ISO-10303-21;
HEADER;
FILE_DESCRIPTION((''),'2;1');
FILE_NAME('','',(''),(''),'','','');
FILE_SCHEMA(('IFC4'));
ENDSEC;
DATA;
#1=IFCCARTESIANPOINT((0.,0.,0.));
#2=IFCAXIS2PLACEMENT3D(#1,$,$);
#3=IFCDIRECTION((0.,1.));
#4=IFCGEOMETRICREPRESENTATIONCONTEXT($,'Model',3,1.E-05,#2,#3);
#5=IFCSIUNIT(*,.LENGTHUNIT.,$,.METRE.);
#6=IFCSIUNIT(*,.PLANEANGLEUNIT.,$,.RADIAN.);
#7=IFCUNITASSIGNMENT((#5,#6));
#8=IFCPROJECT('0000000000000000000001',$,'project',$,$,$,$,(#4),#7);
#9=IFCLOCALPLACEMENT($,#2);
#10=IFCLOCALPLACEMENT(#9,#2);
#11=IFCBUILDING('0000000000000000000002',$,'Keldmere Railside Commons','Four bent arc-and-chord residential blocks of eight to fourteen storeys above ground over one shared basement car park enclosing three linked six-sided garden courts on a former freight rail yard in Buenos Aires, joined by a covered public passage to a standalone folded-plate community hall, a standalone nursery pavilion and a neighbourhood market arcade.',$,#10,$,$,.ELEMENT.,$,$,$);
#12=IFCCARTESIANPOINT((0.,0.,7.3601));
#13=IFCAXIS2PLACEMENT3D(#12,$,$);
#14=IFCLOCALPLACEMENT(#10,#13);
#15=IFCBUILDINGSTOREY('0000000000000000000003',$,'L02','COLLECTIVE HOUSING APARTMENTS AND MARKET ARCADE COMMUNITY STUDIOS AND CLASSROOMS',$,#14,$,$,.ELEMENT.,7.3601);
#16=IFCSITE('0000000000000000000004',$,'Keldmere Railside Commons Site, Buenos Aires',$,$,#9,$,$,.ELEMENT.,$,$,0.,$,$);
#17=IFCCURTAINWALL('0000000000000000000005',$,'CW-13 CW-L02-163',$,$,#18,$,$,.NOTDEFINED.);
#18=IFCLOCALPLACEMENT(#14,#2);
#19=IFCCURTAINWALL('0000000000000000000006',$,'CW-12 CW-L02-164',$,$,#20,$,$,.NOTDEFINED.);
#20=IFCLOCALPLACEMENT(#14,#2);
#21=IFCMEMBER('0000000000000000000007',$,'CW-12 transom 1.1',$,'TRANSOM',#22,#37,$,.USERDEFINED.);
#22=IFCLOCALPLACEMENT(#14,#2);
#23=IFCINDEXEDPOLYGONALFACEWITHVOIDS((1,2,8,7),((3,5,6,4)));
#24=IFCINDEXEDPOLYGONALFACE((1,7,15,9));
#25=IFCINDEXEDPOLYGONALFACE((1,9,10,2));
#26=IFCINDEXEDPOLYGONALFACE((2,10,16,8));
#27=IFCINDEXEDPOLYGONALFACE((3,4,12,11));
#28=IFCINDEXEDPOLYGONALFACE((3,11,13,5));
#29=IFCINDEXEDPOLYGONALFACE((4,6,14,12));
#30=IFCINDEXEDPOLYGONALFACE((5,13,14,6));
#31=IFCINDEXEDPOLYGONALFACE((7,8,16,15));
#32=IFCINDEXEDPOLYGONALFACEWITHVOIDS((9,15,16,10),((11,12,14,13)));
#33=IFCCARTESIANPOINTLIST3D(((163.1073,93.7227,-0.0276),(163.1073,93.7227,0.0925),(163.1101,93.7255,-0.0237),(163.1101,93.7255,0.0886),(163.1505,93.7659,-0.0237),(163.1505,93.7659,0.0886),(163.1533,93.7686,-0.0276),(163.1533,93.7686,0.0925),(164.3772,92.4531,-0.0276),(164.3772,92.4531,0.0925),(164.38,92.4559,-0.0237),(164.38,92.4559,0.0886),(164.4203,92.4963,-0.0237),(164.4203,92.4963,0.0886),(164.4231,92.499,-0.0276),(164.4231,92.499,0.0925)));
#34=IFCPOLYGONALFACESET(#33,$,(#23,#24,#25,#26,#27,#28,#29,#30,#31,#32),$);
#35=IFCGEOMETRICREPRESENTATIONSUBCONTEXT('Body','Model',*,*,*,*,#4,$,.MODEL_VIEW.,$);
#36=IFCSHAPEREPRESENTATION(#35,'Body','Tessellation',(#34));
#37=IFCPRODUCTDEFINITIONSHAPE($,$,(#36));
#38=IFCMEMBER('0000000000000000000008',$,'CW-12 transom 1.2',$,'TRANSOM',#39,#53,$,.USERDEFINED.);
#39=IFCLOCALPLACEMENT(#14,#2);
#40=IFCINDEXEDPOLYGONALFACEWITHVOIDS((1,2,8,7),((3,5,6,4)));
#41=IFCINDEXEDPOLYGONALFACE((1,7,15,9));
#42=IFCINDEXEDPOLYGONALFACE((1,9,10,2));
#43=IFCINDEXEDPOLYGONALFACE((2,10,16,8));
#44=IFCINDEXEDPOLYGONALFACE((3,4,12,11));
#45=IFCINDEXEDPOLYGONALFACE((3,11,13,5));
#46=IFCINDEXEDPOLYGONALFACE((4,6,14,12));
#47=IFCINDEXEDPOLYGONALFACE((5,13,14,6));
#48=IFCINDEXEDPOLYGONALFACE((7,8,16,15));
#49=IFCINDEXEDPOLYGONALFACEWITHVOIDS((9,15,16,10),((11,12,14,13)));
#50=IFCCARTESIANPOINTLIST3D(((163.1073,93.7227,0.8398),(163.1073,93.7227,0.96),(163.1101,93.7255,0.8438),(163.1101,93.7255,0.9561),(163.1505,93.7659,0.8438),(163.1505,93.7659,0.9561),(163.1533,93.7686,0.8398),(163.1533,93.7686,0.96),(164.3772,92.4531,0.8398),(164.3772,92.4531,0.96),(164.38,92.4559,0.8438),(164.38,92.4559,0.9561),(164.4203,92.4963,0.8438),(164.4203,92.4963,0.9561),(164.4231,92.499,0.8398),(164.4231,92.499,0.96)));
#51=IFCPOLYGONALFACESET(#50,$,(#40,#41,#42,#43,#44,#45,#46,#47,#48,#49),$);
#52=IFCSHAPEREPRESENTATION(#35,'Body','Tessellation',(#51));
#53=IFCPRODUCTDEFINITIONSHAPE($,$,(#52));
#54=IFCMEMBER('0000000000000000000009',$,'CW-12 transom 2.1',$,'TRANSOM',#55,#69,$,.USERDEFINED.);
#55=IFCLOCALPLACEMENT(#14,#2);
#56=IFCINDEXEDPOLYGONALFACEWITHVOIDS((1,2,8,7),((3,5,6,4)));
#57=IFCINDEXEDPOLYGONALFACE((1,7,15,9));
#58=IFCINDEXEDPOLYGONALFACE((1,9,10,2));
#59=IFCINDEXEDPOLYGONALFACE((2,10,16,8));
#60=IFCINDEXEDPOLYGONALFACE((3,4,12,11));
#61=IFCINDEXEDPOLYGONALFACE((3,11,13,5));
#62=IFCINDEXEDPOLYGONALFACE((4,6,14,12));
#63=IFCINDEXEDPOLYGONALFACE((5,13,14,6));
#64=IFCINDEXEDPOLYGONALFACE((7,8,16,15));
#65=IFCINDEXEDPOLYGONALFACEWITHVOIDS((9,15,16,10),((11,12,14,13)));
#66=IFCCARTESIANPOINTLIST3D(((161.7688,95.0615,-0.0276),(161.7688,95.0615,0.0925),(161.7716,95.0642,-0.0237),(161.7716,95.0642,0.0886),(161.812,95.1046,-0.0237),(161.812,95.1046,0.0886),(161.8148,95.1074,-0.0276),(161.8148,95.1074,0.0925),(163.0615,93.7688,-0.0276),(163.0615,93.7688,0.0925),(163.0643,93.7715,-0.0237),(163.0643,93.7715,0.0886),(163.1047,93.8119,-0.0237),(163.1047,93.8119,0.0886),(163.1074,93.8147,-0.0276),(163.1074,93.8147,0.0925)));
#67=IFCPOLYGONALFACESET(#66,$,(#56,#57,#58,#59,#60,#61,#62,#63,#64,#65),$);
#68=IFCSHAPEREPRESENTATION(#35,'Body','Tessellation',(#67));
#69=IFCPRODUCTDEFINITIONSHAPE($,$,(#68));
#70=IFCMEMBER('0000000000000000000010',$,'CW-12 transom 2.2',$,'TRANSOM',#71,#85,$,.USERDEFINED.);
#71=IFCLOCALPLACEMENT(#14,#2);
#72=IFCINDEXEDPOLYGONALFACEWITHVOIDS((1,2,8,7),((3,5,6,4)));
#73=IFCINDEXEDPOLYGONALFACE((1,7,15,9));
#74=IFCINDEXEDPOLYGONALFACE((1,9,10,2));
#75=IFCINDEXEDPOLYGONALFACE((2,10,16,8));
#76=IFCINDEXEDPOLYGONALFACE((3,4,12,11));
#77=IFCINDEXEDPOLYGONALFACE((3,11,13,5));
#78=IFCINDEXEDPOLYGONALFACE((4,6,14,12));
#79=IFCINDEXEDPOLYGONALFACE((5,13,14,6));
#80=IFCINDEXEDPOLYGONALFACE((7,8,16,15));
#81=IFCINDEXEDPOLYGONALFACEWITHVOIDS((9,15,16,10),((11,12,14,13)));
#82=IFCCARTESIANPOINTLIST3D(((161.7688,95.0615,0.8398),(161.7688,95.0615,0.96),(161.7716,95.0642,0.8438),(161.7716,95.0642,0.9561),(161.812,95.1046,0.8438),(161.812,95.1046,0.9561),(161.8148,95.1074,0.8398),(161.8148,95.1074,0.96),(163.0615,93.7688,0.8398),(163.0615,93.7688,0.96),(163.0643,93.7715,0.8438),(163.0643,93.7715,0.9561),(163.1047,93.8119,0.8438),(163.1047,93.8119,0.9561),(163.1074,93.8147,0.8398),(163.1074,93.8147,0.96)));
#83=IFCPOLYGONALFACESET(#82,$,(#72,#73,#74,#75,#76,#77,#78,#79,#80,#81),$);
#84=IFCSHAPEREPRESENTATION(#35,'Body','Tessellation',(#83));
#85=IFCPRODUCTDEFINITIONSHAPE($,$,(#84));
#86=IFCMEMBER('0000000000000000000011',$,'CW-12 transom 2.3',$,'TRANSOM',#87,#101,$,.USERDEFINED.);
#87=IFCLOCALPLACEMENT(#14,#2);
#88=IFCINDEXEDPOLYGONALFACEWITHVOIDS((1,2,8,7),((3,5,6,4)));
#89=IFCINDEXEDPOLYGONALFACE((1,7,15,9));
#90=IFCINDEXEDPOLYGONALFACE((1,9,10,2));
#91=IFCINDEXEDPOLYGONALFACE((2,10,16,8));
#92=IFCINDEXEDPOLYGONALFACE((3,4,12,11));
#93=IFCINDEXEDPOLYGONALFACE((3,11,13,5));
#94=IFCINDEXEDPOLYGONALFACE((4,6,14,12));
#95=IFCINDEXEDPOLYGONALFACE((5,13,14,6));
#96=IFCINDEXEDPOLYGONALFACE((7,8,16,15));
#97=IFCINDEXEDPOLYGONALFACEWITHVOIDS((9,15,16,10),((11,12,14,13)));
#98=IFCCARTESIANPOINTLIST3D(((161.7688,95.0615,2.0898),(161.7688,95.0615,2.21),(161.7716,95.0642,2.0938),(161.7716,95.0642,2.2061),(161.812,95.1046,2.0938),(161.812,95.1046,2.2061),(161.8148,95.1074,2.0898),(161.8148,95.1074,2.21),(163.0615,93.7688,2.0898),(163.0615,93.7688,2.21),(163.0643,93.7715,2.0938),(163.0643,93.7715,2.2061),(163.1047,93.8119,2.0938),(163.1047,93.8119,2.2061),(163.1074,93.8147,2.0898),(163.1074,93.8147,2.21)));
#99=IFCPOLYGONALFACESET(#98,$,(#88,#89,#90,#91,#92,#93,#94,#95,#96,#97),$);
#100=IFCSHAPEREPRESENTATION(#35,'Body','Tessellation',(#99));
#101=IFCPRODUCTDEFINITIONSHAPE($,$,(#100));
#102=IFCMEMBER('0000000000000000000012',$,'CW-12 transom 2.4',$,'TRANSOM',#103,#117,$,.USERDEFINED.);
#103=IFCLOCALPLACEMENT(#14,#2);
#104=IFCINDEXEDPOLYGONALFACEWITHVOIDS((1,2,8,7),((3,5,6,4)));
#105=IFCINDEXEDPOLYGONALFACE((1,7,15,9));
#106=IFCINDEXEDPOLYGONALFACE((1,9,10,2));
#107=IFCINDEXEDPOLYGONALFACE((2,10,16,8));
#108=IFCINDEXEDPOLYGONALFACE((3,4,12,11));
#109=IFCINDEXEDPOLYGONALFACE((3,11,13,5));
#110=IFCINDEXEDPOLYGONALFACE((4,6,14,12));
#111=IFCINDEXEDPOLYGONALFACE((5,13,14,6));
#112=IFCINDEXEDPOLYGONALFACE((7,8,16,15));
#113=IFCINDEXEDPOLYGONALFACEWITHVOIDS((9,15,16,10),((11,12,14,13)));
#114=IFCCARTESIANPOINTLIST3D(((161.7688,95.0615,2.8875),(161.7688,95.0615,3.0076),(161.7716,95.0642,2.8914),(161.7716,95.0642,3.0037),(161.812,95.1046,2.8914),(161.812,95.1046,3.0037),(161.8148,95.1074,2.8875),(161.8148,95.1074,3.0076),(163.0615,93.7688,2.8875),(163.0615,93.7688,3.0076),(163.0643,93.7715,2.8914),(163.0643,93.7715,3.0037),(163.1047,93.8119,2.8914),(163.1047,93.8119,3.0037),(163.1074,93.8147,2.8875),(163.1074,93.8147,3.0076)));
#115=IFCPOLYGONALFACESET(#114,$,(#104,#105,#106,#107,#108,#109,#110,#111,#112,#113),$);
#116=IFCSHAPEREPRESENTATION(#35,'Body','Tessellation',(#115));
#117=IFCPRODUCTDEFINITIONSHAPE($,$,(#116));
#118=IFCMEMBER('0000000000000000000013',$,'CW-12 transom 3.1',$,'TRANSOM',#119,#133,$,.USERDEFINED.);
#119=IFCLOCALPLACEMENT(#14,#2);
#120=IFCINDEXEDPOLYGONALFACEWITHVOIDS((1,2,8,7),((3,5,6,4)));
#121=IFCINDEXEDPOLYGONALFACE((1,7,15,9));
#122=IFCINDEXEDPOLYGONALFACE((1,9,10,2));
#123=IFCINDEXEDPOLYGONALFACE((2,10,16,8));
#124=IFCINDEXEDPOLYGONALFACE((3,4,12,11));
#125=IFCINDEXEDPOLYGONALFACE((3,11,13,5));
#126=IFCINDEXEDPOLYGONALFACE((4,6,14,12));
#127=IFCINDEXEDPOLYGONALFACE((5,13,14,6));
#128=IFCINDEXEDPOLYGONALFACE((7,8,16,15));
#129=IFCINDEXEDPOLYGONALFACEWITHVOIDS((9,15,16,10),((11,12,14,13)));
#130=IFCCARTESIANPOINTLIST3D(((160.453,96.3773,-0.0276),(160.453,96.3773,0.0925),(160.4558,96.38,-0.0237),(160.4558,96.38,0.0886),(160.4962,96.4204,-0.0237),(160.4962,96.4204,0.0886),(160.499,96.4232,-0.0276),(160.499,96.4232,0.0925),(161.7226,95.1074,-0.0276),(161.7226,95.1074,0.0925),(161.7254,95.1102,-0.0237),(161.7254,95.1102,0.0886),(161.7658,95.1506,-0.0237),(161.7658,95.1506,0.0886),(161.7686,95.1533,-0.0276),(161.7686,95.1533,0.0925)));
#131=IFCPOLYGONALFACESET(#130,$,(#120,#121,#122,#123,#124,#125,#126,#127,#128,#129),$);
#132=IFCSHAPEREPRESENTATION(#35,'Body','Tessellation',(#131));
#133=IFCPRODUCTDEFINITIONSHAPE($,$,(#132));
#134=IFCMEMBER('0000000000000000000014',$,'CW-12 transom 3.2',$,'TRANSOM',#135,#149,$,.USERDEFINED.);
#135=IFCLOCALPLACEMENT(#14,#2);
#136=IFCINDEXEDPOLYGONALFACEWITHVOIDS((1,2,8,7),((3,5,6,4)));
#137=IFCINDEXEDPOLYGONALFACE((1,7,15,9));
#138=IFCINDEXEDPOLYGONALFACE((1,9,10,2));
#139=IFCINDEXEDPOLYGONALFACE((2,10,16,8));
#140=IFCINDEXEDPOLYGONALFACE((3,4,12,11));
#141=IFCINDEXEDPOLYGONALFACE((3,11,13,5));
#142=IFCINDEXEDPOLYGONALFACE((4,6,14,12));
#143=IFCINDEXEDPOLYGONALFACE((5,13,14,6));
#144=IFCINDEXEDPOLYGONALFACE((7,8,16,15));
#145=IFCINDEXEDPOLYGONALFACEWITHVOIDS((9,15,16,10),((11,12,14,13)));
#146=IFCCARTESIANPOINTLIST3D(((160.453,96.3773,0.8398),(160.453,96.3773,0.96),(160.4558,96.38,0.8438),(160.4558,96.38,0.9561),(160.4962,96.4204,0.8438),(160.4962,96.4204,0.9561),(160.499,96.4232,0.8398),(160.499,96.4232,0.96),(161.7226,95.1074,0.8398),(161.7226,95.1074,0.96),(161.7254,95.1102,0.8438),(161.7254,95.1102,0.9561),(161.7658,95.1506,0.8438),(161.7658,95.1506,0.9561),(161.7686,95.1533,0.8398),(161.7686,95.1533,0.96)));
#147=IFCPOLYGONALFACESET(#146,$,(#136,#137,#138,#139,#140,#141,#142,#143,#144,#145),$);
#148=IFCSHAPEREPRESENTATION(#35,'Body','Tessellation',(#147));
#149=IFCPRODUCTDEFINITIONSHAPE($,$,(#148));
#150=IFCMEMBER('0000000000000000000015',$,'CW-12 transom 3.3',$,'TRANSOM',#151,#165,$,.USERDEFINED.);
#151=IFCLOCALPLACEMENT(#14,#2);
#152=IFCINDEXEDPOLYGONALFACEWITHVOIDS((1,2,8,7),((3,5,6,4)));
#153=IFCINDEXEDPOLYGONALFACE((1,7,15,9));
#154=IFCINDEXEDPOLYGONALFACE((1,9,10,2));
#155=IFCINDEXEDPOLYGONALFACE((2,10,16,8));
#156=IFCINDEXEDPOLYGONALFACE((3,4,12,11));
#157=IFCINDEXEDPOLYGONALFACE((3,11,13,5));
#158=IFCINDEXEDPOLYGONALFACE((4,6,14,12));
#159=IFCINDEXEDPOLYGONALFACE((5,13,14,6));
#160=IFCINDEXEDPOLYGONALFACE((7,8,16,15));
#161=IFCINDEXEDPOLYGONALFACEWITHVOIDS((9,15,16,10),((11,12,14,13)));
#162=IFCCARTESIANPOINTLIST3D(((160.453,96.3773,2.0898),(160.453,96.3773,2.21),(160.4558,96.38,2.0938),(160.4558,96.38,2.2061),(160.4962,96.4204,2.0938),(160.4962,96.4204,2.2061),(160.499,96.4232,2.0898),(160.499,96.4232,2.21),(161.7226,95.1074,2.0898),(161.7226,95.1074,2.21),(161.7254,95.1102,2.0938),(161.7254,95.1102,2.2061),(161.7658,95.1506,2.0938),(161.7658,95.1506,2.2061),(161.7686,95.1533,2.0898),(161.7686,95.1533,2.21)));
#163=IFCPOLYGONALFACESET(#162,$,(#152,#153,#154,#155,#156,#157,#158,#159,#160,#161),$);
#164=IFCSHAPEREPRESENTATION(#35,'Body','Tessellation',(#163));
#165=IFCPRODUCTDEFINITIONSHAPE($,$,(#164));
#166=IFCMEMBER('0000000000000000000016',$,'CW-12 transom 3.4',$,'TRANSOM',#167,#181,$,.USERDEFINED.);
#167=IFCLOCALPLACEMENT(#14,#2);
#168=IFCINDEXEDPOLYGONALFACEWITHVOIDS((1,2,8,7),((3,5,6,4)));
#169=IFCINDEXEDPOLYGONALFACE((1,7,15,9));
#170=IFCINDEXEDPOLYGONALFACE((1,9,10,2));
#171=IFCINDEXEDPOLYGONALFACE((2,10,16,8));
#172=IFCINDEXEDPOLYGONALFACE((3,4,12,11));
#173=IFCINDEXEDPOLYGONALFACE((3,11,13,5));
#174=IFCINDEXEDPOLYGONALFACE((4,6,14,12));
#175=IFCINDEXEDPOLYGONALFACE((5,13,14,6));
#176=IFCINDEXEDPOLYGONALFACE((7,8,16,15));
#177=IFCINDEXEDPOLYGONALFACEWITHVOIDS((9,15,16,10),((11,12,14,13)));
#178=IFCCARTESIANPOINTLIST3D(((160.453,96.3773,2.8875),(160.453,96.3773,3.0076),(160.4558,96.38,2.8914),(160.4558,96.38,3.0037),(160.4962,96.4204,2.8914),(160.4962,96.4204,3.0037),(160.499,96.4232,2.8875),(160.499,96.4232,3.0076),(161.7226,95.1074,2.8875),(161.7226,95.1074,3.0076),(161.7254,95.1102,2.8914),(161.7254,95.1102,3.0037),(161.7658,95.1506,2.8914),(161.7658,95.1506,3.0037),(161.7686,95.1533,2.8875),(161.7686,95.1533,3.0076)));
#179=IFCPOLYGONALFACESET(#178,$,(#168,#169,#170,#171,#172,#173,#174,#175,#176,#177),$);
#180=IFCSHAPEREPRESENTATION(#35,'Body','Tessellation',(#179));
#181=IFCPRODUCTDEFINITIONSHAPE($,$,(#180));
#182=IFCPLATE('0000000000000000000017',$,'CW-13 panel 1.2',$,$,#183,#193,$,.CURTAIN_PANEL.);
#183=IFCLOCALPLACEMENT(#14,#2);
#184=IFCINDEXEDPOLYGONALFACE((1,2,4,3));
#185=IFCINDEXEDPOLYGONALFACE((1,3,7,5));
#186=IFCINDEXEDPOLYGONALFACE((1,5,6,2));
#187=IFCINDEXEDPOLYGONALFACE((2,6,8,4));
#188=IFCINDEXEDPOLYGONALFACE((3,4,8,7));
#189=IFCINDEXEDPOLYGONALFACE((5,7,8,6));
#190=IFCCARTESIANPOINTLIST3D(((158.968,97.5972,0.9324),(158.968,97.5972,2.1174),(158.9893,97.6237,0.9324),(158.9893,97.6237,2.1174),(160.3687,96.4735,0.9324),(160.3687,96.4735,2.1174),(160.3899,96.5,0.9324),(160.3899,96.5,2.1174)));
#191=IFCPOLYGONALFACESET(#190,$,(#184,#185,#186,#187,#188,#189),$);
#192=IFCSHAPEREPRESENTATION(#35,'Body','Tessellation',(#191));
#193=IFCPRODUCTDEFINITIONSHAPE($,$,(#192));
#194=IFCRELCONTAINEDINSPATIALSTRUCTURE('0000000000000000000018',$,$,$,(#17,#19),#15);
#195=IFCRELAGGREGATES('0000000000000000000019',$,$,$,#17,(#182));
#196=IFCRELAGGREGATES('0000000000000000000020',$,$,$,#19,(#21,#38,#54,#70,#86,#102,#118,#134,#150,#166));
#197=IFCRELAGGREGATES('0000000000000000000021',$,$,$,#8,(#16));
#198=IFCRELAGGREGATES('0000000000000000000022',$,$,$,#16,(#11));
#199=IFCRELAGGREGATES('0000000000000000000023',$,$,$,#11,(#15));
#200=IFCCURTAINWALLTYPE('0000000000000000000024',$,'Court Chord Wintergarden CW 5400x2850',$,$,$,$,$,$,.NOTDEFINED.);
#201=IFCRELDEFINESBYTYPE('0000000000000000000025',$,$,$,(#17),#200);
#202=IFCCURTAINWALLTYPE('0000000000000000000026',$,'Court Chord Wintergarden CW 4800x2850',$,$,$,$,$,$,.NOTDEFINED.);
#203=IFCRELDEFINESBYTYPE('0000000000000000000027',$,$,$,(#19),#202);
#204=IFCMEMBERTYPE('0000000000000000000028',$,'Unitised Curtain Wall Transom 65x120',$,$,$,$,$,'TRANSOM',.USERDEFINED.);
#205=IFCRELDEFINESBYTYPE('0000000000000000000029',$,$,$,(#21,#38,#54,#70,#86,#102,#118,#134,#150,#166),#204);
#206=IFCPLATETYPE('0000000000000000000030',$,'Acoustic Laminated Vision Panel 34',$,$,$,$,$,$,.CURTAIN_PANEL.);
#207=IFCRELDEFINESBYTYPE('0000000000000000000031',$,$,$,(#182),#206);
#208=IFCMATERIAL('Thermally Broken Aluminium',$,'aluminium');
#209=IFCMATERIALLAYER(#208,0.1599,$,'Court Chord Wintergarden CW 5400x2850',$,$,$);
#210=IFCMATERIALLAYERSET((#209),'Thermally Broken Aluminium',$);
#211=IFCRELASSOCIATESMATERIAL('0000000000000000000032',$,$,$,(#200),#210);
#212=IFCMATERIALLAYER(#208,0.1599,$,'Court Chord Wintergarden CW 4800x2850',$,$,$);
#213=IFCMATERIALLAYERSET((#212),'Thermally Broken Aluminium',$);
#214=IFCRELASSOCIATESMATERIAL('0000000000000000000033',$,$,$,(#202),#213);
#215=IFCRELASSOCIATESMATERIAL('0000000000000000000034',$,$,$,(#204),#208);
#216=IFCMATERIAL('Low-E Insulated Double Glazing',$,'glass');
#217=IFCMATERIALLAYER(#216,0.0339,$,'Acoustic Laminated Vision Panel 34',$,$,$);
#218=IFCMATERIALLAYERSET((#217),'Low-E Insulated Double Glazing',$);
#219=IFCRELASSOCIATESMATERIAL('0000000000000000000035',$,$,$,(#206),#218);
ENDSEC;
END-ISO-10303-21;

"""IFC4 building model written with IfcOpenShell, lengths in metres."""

from ifc_helpers import new_model, si_unit, direction, frame, origin, origin_2d, place, context, subcontext, project, spatial, rectangle, hollow_rectangle, extrude, material, layer, layer_set, material_profile, profile_set, type_object, element, aggregate, save


model = new_model("IFC4")

# Units and contexts
model_context = context("Model", 3, precision=1e-05, world=origin(), true_north=direction((0.0, 1.0)))
body_context = subcontext(model_context, "Body", "Model", "MODEL_VIEW")
ifc_project = project(units=[si_unit("LENGTHUNIT", "METRE"), si_unit("PLANEANGLEUNIT", "RADIAN")], contexts=[model_context])

# Site, building, storey
site_placement = place(None, origin())
site = spatial("IfcSite", under=ifc_project, at=site_placement, Name="Keldmere Railside Commons Site, Buenos Aires", CompositionType="ELEMENT", RefElevation=0.0)
building_placement = place(site_placement, origin())
building = spatial("IfcBuilding", under=site, at=building_placement, Name="Keldmere Railside Commons", Description="Four bent arc-and-chord residential blocks of eight to fourteen storeys above ground over one shared basement car park enclosing three linked six-sided garden courts on a former freight rail yard in Buenos Aires, joined by a covered public passage to a standalone folded-plate community hall, a standalone nursery pavilion and a neighbourhood market arcade.", CompositionType="ELEMENT")
storey_placement = place(building_placement, frame((0.0, 0.0, 7.3601)))
storey = spatial("IfcBuildingStorey", under=building, at=storey_placement, Name="L02", Description="COLLECTIVE HOUSING APARTMENTS AND MARKET ARCADE COMMUNITY STUDIOS AND CLASSROOMS", CompositionType="ELEMENT", Elevation=7.3601)

# Curtain wall
ifc_material_1 = material(Name="Thermally Broken Aluminium", Category="aluminium")
ifc_layer_1 = layer(ifc_material_1, 0.1599, Name="Court Chord Wintergarden CW 5400x2850")
ifc_layer_set_1 = layer_set([ifc_layer_1], Name="Thermally Broken Aluminium")
curtain_wall_type_1 = type_object("IfcCurtainWallType", Name="Court Chord Wintergarden CW 5400x2850", PredefinedType="NOTDEFINED", material=ifc_layer_set_1)
curtain_wall_1_placement = place(storey_placement, origin())
curtain_wall_1 = element("IfcCurtainWall", 1, at=curtain_wall_1_placement, inside=storey, type_object=curtain_wall_type_1, Name="CW-13 CW-L02-163", PredefinedType="NOTDEFINED")

# Curtain wall
ifc_layer_2 = layer(ifc_material_1, 0.1599, Name="Court Chord Wintergarden CW 4800x2850")
ifc_layer_set_2 = layer_set([ifc_layer_2], Name="Thermally Broken Aluminium")
curtain_wall_type_2 = type_object("IfcCurtainWallType", Name="Court Chord Wintergarden CW 4800x2850", PredefinedType="NOTDEFINED", material=ifc_layer_set_2)
curtain_wall_2_placement = place(storey_placement, origin())
curtain_wall_2 = element("IfcCurtainWall", 2, at=curtain_wall_2_placement, inside=storey, type_object=curtain_wall_type_2, Name="CW-12 CW-L02-164", PredefinedType="NOTDEFINED")

# Members
ifc_material_profile_1 = material_profile(ifc_material_1, hollow_rectangle(XDim=0.0649, YDim=0.1201, WallThickness=0.0039, at=origin_2d()), Name="ALU-TRAN-65x120")
ifc_profile_set_1 = profile_set([ifc_material_profile_1], Name="Thermally Broken Aluminium")
member_type_1 = type_object("IfcMemberType", Name="Unitised Curtain Wall Transom 65x120", ElementType="TRANSOM", PredefinedType="USERDEFINED", material=ifc_profile_set_1)
member_1_placement = place(storey_placement, frame((164.4001, 92.4761, 0.0325), z_axis=(-0.707175, 0.707039, 0.0), x_axis=(-0.707039, -0.707175, 0.0)))
member_1 = element("IfcMember", 3, at=member_1_placement, type_object=member_type_1, Name="CW-12 transom 1.1", ObjectType="TRANSOM", PredefinedType="USERDEFINED", context=body_context, shape_type="SweptSolid", body=[
    extrude(hollow_rectangle(XDim=0.0649, YDim=0.1201, WallThickness=0.0039, at=origin_2d()), origin(), (0.0, 0.0, 1.0), 1.7957),
])
member_2_placement = place(storey_placement, frame((164.4001, 92.4761, 0.8999), z_axis=(-0.707175, 0.707039, 0.0), x_axis=(-0.707039, -0.707175, 0.0)))
member_2 = element("IfcMember", 4, at=member_2_placement, type_object=member_type_1, Name="CW-12 transom 1.2", ObjectType="TRANSOM", PredefinedType="USERDEFINED", context=body_context, shape_type="SweptSolid", body=[
    extrude(hollow_rectangle(XDim=0.0649, YDim=0.1201, WallThickness=0.0039, at=origin_2d()), origin(), (0.0, 0.0, 1.0), 1.7957),
])
member_3_placement = place(storey_placement, frame((163.0845, 93.7917, 0.0325), z_axis=(-0.707107, 0.707107, 0.0), x_axis=(-0.707107, -0.707107, 0.0)))
member_3 = element("IfcMember", 5, at=member_3_placement, type_object=member_type_1, Name="CW-12 transom 2.1", ObjectType="TRANSOM", PredefinedType="USERDEFINED", context=body_context, shape_type="SweptSolid", body=[
    extrude(hollow_rectangle(XDim=0.0649, YDim=0.1201, WallThickness=0.0039, at=origin_2d()), origin(), (0.0, 0.0, 1.0), 1.8281),
])
member_4_placement = place(storey_placement, frame((163.0845, 93.7917, 0.8999), z_axis=(-0.707107, 0.707107, 0.0), x_axis=(-0.707107, -0.707107, 0.0)))
member_4 = element("IfcMember", 6, at=member_4_placement, type_object=member_type_1, Name="CW-12 transom 2.2", ObjectType="TRANSOM", PredefinedType="USERDEFINED", context=body_context, shape_type="SweptSolid", body=[
    extrude(hollow_rectangle(XDim=0.0649, YDim=0.1201, WallThickness=0.0039, at=origin_2d()), origin(), (0.0, 0.0, 1.0), 1.8281),
])
member_5_placement = place(storey_placement, frame((163.0845, 93.7917, 2.1499), z_axis=(-0.707107, 0.707107, 0.0), x_axis=(-0.707107, -0.707107, 0.0)))
member_5 = element("IfcMember", 7, at=member_5_placement, type_object=member_type_1, Name="CW-12 transom 2.3", ObjectType="TRANSOM", PredefinedType="USERDEFINED", context=body_context, shape_type="SweptSolid", body=[
    extrude(hollow_rectangle(XDim=0.0649, YDim=0.1201, WallThickness=0.0039, at=origin_2d()), origin(), (0.0, 0.0, 1.0), 1.8281),
])
member_6_placement = place(storey_placement, frame((163.0845, 93.7917, 2.9475), z_axis=(-0.707107, 0.707107, 0.0), x_axis=(-0.707107, -0.707107, 0.0)))
member_6 = element("IfcMember", 8, at=member_6_placement, type_object=member_type_1, Name="CW-12 transom 2.4", ObjectType="TRANSOM", PredefinedType="USERDEFINED", context=body_context, shape_type="SweptSolid", body=[
    extrude(hollow_rectangle(XDim=0.0649, YDim=0.1201, WallThickness=0.0039, at=origin_2d()), origin(), (0.0, 0.0, 1.0), 1.8281),
])
member_7_placement = place(storey_placement, frame((161.7456, 95.1304, 0.0325), z_axis=(-0.707039, 0.707175, 0.0), x_axis=(-0.707175, -0.707039, 0.0)))
member_7 = element("IfcMember", 9, at=member_7_placement, type_object=member_type_1, Name="CW-12 transom 3.1", ObjectType="TRANSOM", PredefinedType="USERDEFINED", context=body_context, shape_type="SweptSolid", body=[
    extrude(hollow_rectangle(XDim=0.0649, YDim=0.1201, WallThickness=0.0039, at=origin_2d()), origin(), (0.0, 0.0, 1.0), 1.7957),
])
member_8_placement = place(storey_placement, frame((161.7456, 95.1304, 0.8999), z_axis=(-0.707039, 0.707175, 0.0), x_axis=(-0.707175, -0.707039, 0.0)))
member_8 = element("IfcMember", 10, at=member_8_placement, type_object=member_type_1, Name="CW-12 transom 3.2", ObjectType="TRANSOM", PredefinedType="USERDEFINED", context=body_context, shape_type="SweptSolid", body=[
    extrude(hollow_rectangle(XDim=0.0649, YDim=0.1201, WallThickness=0.0039, at=origin_2d()), origin(), (0.0, 0.0, 1.0), 1.7957),
])
member_9_placement = place(storey_placement, frame((161.7456, 95.1304, 2.1499), z_axis=(-0.707039, 0.707175, 0.0), x_axis=(-0.707175, -0.707039, 0.0)))
member_9 = element("IfcMember", 11, at=member_9_placement, type_object=member_type_1, Name="CW-12 transom 3.3", ObjectType="TRANSOM", PredefinedType="USERDEFINED", context=body_context, shape_type="SweptSolid", body=[
    extrude(hollow_rectangle(XDim=0.0649, YDim=0.1201, WallThickness=0.0039, at=origin_2d()), origin(), (0.0, 0.0, 1.0), 1.7957),
])
member_10_placement = place(storey_placement, frame((161.7456, 95.1304, 2.9475), z_axis=(-0.707039, 0.707175, 0.0), x_axis=(-0.707175, -0.707039, 0.0)))
member_10 = element("IfcMember", 12, at=member_10_placement, type_object=member_type_1, Name="CW-12 transom 3.4", ObjectType="TRANSOM", PredefinedType="USERDEFINED", context=body_context, shape_type="SweptSolid", body=[
    extrude(hollow_rectangle(XDim=0.0649, YDim=0.1201, WallThickness=0.0039, at=origin_2d()), origin(), (0.0, 0.0, 1.0), 1.7957),
])

# Plate
ifc_material_2 = material(Name="Low-E Insulated Double Glazing", Category="glass")
ifc_layer_3 = layer(ifc_material_2, 0.0339, Name="Acoustic Laminated Vision Panel 34")
ifc_layer_set_3 = layer_set([ifc_layer_3], Name="Low-E Insulated Double Glazing")
plate_type_1 = type_object("IfcPlateType", Name="Acoustic Laminated Vision Panel 34", PredefinedType="CURTAIN_PANEL", material=ifc_layer_set_3)
plate_1_placement = place(storey_placement, frame((159.679, 97.0486, 0.9324), z_axis=(0.0, 0.0, 1.0), x_axis=(-0.780009, 0.625768, 0.0)))
plate_1 = element("IfcPlate", 13, at=plate_1_placement, type_object=plate_type_1, Name="CW-13 panel 1.2", PredefinedType="CURTAIN_PANEL", context=body_context, shape_type="SweptSolid", body=[
    extrude(rectangle(XDim=1.7957, YDim=0.0339, at=origin_2d()), origin(), (0.0, 0.0, 1.0), 1.1851),
])
aggregate(curtain_wall_1, [plate_1])
aggregate(curtain_wall_2, [member_1, member_2, member_3, member_4, member_5, member_6, member_7, member_8, member_9, member_10])

save(model, "model.ifc")
